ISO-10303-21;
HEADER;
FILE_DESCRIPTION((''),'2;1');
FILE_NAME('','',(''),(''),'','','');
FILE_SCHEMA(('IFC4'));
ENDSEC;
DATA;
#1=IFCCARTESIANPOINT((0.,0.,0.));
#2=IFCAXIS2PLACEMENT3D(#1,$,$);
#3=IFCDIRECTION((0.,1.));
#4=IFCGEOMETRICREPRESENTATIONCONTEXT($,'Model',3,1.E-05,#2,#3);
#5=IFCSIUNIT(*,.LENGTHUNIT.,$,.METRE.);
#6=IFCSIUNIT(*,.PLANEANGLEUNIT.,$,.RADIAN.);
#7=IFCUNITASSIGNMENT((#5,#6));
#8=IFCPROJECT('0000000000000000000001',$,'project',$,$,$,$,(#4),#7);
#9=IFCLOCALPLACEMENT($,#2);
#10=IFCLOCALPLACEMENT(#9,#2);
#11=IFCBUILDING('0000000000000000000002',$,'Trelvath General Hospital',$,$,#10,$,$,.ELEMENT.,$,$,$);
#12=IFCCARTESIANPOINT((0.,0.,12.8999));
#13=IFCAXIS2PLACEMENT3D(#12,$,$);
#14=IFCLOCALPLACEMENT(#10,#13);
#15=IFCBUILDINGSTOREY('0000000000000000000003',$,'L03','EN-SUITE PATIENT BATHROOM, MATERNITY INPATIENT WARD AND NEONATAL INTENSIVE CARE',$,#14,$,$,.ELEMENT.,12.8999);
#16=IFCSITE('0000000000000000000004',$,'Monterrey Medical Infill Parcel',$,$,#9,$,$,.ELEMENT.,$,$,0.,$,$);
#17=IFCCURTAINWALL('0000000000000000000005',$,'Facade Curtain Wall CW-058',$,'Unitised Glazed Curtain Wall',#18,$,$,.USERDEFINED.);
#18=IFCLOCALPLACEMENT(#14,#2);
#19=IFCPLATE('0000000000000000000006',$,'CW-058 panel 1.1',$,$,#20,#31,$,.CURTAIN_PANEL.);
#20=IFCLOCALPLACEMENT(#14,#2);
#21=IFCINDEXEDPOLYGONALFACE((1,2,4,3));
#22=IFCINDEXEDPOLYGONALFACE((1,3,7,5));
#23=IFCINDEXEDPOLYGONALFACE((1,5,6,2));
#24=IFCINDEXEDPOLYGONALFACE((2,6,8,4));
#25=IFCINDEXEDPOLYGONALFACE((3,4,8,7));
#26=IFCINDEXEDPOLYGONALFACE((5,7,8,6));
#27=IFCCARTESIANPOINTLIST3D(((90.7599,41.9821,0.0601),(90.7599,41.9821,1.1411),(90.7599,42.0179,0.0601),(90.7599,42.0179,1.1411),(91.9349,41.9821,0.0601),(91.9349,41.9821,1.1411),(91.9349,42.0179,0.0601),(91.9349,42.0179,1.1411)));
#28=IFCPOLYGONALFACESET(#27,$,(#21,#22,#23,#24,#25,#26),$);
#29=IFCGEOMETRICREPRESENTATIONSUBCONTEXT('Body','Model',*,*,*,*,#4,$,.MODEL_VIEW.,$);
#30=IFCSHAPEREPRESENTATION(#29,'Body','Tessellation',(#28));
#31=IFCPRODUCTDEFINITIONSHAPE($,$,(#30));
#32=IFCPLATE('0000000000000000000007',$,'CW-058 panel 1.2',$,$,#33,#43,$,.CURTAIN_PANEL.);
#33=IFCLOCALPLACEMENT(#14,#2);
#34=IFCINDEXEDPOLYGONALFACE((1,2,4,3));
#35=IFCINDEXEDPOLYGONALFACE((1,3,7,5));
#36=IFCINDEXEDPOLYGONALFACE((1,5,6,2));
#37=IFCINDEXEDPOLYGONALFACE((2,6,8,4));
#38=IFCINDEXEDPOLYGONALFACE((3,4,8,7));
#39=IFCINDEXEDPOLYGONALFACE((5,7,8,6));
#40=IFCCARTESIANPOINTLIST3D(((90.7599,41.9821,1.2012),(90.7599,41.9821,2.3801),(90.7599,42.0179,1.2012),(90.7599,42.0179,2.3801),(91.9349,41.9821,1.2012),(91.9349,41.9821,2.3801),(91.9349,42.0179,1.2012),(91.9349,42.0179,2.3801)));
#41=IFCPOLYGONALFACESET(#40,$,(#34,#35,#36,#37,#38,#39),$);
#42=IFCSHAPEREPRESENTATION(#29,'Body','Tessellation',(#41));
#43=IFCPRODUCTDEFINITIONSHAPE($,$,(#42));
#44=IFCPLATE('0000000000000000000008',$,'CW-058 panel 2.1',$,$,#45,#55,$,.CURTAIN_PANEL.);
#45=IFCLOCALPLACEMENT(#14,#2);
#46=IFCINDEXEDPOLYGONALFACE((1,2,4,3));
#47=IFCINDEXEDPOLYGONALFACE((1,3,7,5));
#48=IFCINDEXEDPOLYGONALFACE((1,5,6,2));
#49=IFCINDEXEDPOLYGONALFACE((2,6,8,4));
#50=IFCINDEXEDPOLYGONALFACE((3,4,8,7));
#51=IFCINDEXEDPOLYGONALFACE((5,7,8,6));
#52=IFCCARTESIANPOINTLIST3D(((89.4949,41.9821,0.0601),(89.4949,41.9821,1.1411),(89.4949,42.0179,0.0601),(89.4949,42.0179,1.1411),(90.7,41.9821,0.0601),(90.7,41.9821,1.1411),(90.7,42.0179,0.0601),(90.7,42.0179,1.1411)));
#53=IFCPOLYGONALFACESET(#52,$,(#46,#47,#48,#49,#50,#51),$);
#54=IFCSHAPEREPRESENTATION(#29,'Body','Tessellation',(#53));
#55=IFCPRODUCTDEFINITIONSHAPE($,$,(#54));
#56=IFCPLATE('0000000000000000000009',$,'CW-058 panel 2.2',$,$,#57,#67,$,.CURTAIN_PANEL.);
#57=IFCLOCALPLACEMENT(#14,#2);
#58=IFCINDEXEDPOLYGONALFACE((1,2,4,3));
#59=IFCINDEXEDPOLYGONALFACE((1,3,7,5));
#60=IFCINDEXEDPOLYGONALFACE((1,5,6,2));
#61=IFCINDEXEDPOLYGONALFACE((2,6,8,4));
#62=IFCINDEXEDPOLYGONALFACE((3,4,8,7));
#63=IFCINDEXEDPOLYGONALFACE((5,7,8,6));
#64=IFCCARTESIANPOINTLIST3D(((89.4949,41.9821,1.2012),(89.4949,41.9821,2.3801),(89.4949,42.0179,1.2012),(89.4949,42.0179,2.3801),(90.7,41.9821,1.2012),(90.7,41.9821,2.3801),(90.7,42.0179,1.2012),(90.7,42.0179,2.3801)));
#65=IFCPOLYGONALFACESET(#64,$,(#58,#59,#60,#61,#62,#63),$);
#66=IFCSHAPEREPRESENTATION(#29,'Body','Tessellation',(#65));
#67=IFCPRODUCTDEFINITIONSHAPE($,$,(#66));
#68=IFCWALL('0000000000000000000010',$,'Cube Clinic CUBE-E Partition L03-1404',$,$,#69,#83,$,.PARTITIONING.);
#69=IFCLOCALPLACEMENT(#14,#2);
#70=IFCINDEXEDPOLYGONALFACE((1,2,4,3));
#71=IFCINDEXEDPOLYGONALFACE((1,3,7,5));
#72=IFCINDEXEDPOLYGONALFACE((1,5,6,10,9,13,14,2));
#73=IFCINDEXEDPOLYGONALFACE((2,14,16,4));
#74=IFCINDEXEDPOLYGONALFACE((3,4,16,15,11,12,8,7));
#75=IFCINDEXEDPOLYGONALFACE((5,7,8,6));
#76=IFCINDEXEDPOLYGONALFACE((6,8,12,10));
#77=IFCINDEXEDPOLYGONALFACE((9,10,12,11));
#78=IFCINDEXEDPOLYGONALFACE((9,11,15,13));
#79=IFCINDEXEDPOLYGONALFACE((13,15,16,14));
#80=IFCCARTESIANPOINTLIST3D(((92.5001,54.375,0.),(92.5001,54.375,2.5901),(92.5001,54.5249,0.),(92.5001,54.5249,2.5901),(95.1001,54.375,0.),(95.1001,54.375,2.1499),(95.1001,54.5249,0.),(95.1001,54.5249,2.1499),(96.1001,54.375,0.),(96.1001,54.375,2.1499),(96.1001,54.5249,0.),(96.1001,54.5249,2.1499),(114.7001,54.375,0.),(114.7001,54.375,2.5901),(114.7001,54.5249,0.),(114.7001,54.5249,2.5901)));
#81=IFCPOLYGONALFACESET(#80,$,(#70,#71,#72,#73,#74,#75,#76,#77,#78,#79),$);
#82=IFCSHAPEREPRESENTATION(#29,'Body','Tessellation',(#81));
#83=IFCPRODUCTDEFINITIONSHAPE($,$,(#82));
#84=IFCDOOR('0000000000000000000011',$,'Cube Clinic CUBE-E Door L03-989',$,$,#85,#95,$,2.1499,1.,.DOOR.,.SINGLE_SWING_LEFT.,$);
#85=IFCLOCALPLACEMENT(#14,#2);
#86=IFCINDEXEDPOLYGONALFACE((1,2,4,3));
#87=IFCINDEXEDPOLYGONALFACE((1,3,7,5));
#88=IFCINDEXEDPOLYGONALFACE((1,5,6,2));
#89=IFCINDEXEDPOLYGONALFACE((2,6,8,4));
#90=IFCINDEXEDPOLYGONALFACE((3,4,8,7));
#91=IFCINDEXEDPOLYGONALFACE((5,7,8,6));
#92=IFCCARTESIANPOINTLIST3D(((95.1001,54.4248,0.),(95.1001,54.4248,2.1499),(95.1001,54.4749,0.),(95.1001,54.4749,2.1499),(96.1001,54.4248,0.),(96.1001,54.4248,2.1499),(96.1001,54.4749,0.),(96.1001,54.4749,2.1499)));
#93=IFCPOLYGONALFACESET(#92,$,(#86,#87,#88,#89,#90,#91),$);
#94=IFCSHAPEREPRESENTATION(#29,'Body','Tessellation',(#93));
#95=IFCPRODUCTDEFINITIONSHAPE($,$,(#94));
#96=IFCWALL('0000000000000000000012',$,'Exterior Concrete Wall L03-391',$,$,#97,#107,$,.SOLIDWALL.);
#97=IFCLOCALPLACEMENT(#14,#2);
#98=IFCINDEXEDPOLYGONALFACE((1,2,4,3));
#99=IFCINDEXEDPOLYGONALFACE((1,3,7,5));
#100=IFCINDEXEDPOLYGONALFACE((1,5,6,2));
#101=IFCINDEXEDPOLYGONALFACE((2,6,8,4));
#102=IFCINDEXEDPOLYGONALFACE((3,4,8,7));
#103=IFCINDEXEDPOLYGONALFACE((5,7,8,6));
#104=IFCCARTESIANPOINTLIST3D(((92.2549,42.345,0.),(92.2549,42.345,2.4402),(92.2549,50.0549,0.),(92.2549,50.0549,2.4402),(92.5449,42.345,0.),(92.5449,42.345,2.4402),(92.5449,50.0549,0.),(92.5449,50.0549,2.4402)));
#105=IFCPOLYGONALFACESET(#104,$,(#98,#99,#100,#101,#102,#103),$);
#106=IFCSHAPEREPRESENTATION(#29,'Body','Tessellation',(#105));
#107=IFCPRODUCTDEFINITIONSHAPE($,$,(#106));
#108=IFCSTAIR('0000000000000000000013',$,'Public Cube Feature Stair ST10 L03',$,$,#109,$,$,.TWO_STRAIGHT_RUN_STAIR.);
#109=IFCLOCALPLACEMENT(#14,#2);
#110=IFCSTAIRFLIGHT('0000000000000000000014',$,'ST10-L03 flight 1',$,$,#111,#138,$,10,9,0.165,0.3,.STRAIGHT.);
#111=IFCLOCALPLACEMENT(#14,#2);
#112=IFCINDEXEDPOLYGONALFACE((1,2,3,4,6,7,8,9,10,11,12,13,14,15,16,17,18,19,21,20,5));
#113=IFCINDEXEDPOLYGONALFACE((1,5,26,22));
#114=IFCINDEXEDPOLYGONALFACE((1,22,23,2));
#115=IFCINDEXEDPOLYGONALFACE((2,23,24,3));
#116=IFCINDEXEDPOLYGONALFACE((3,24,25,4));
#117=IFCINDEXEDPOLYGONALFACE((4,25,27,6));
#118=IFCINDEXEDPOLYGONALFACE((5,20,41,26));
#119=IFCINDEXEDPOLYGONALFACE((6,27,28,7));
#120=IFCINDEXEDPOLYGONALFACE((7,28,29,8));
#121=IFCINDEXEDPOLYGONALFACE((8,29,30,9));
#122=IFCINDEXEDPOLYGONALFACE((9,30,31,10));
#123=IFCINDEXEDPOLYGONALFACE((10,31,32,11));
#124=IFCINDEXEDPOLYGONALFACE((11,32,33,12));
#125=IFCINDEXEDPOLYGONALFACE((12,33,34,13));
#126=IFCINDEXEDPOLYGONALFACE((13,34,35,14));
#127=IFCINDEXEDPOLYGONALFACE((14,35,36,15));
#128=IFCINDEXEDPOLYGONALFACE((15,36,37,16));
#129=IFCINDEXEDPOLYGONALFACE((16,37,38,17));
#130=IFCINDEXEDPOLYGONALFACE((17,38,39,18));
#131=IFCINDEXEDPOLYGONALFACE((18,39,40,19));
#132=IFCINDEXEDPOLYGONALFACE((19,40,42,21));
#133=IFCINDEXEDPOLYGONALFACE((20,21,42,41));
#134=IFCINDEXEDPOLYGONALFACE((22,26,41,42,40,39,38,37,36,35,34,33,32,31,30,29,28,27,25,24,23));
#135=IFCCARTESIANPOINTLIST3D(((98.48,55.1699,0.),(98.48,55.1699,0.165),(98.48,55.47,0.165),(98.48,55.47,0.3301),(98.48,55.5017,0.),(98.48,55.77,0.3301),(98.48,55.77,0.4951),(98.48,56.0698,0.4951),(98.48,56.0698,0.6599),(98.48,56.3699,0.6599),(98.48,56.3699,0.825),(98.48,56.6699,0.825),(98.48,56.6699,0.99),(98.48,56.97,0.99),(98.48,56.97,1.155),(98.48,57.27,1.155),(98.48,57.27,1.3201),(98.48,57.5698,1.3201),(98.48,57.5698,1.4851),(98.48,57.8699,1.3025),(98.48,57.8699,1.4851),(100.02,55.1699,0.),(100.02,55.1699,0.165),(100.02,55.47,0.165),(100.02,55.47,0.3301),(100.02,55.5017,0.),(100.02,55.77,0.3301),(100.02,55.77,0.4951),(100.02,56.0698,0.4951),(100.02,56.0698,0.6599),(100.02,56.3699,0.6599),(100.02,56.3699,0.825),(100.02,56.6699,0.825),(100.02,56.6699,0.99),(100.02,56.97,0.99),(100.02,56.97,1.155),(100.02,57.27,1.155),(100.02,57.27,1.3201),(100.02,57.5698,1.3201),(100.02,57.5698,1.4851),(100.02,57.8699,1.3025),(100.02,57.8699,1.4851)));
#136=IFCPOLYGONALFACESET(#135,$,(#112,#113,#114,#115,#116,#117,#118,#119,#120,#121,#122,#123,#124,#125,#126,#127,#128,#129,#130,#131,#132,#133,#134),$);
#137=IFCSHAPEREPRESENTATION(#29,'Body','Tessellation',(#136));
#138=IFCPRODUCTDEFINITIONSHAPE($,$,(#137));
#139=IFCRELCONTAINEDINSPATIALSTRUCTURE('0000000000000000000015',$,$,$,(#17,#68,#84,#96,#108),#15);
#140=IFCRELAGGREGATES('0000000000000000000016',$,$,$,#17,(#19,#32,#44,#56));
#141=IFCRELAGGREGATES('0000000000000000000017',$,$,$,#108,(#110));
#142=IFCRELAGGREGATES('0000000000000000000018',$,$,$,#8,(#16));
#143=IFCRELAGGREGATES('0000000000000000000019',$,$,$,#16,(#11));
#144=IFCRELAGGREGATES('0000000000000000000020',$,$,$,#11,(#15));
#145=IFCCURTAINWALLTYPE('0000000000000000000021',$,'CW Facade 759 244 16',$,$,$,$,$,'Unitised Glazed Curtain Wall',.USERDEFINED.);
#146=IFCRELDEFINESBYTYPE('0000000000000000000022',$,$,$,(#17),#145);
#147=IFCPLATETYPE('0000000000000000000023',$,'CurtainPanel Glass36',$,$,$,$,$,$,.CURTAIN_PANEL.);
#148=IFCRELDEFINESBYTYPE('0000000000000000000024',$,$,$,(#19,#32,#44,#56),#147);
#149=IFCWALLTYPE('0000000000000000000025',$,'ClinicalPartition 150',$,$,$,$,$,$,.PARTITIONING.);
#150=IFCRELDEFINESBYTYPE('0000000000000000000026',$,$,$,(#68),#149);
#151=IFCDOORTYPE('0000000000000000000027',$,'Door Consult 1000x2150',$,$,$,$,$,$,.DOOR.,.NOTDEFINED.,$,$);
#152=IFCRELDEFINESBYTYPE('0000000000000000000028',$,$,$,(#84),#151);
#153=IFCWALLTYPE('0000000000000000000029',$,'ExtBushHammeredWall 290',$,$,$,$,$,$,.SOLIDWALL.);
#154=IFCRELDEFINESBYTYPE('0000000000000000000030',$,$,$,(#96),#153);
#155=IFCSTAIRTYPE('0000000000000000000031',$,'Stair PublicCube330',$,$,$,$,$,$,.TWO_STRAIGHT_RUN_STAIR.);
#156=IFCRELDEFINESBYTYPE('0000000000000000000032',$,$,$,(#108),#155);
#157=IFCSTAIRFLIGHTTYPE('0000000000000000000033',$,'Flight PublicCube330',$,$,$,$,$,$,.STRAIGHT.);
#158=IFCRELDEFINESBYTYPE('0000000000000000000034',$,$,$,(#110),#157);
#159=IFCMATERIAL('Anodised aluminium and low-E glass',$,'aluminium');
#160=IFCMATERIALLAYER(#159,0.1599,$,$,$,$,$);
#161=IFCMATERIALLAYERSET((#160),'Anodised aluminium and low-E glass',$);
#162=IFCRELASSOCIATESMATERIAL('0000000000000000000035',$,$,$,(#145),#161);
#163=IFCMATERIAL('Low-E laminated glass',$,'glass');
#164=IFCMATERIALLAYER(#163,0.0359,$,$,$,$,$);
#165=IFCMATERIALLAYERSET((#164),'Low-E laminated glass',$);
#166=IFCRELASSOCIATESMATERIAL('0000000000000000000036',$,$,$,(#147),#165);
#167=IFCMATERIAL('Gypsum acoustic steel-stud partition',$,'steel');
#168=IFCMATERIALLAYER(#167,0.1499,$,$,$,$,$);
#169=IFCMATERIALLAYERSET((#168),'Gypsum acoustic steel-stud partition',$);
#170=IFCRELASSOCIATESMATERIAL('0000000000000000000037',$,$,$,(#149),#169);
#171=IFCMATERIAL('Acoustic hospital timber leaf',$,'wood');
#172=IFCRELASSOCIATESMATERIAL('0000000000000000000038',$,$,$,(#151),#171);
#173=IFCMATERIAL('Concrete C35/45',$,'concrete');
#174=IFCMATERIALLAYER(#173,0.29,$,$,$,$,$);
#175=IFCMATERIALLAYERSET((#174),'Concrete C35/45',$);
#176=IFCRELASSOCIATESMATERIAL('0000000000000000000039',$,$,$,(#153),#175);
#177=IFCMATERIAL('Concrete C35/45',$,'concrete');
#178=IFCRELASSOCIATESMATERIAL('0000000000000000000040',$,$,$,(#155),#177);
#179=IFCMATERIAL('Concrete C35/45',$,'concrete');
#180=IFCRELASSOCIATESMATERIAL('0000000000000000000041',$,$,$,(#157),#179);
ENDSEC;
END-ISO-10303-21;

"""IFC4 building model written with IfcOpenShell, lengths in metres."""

from ifc_helpers import new_model, si_unit, direction, frame, frame_2d, origin, origin_2d, place, context, subcontext, project, spatial, polyline, rectangle, outline, extrude, material, layer, layer_set, type_object, element, fill, aggregate, save


model = new_model("IFC4")

# Units and contexts
model_context = context("Model", 3, precision=1e-05, world=origin(), true_north=direction((0.0, 1.0)))
body_context = subcontext(model_context, "Body", "Model", "MODEL_VIEW")
ifc_project = project(units=[si_unit("LENGTHUNIT", "METRE"), si_unit("PLANEANGLEUNIT", "RADIAN")], contexts=[model_context])

# Site, building, storey
site_placement = place(None, origin())
site = spatial("IfcSite", under=ifc_project, at=site_placement, Name="Monterrey Medical Infill Parcel", CompositionType="ELEMENT", RefElevation=0.0)
building_placement = place(site_placement, origin())
building = spatial("IfcBuilding", under=site, at=building_placement, Name="Trelvath General Hospital", CompositionType="ELEMENT")
storey_placement = place(building_placement, frame((0.0, 0.0, 12.8999)))
storey = spatial("IfcBuildingStorey", under=building, at=storey_placement, Name="L03", Description="EN-SUITE PATIENT BATHROOM, MATERNITY INPATIENT WARD AND NEONATAL INTENSIVE CARE", CompositionType="ELEMENT", Elevation=12.8999)

# Curtain wall, plates
ifc_material_1 = material(Name="Anodised aluminium and low-E glass", Category="aluminium")
ifc_layer_1 = layer(ifc_material_1, 0.1599)
ifc_layer_set_1 = layer_set([ifc_layer_1], Name="Anodised aluminium and low-E glass")
curtain_wall_type = type_object("IfcCurtainWallType", Name="CW Facade 759 244 16", ElementType="Unitised Glazed Curtain Wall", PredefinedType="USERDEFINED", material=ifc_layer_set_1)
curtain_wall_placement = place(storey_placement, origin())
curtain_wall = element("IfcCurtainWall", 1, at=curtain_wall_placement, inside=storey, type_object=curtain_wall_type, Name="Facade Curtain Wall CW-058", ObjectType="Unitised Glazed Curtain Wall", PredefinedType="USERDEFINED")
ifc_material_2 = material(Name="Low-E laminated glass", Category="glass")
ifc_layer_2 = layer(ifc_material_2, 0.0359)
ifc_layer_set_2 = layer_set([ifc_layer_2], Name="Low-E laminated glass")
plate_type = type_object("IfcPlateType", Name="CurtainPanel Glass36", PredefinedType="CURTAIN_PANEL", material=ifc_layer_set_2)
plate_1_placement = place(storey_placement, frame((91.3474, 42.0, 0.0601), z_axis=(0.0, 0.0, 1.0), x_axis=(-1.0, 0.0, 0.0)))
plate_1 = element("IfcPlate", 2, at=plate_1_placement, type_object=plate_type, Name="CW-058 panel 1.1", PredefinedType="CURTAIN_PANEL", context=body_context, shape_type="SweptSolid", body=[
    extrude(rectangle(XDim=1.175, YDim=0.0359, at=origin_2d()), origin(), (0.0, 0.0, 1.0), 1.0811),
])
plate_2_placement = place(storey_placement, frame((91.3474, 42.0, 1.2012), z_axis=(0.0, 0.0, 1.0), x_axis=(-1.0, 0.0, 0.0)))
plate_2 = element("IfcPlate", 3, at=plate_2_placement, type_object=plate_type, Name="CW-058 panel 1.2", PredefinedType="CURTAIN_PANEL", context=body_context, shape_type="SweptSolid", body=[
    extrude(rectangle(XDim=1.175, YDim=0.0359, at=origin_2d()), origin(), (0.0, 0.0, 1.0), 1.179),
])
plate_3_placement = place(storey_placement, frame((90.0974, 42.0, 0.0601), z_axis=(0.0, 0.0, 1.0), x_axis=(-1.0, 0.0, 0.0)))
plate_3 = element("IfcPlate", 4, at=plate_3_placement, type_object=plate_type, Name="CW-058 panel 2.1", PredefinedType="CURTAIN_PANEL", context=body_context, shape_type="SweptSolid", body=[
    extrude(rectangle(XDim=1.2051, YDim=0.0359, at=origin_2d()), origin(), (0.0, 0.0, 1.0), 1.0811),
])
plate_4_placement = place(storey_placement, frame((90.0974, 42.0, 1.2012), z_axis=(0.0, 0.0, 1.0), x_axis=(-1.0, 0.0, 0.0)))
plate_4 = element("IfcPlate", 5, at=plate_4_placement, type_object=plate_type, Name="CW-058 panel 2.2", PredefinedType="CURTAIN_PANEL", context=body_context, shape_type="SweptSolid", body=[
    extrude(rectangle(XDim=1.2051, YDim=0.0359, at=origin_2d()), origin(), (0.0, 0.0, 1.0), 1.179),
])
aggregate(curtain_wall, [plate_1, plate_2, plate_3, plate_4])

# Wall, opening, door
ifc_material_3 = material(Name="Gypsum acoustic steel-stud partition", Category="steel")
ifc_layer_3 = layer(ifc_material_3, 0.1499)
ifc_layer_set_3 = layer_set([ifc_layer_3], Name="Gypsum acoustic steel-stud partition")
wall_type_1 = type_object("IfcWallType", Name="ClinicalPartition 150", PredefinedType="PARTITIONING", material=ifc_layer_set_3)
wall_1_placement = place(storey_placement, frame((92.5, 54.45, 0.0), z_axis=(0.0, 0.0, 1.0), x_axis=(1.0, 0.0, 0.0)))
wall_1 = element("IfcWall", 6, at=wall_1_placement, inside=storey, type_object=wall_type_1, Name="Cube Clinic CUBE-E Partition L03-1404", PredefinedType="PARTITIONING", context=body_context, shape_type="SweptSolid", body=[
    extrude(rectangle(XDim=22.2, YDim=0.1499, at=frame_2d((11.1001, 0.0))), origin(), (0.0, 0.0, 1.0), 2.5901),
])
opening_placement = place(wall_1_placement, frame((2.6001, 0.0, 0.0)))
opening = element("IfcOpeningElement", 7, at=opening_placement, cuts=wall_1, PredefinedType="OPENING", context=body_context, shape_type="SweptSolid", body=[
    extrude(rectangle(XDim=1.0, YDim=2.1499, at=frame_2d((0.5, 1.075))), frame((0.0, 0.085, 0.0), z_axis=(0.0, -1.0, 0.0), x_axis=(1.0, 0.0, 0.0)), (0.0, 0.0, 1.0), 0.1699),
])
ifc_material_4 = material(Name="Acoustic hospital timber leaf", Category="wood")
door_type = type_object("IfcDoorType", Name="Door Consult 1000x2150", OperationType="NOTDEFINED", PredefinedType="DOOR", material=ifc_material_4)
door_placement = place(opening_placement, origin())
door = element("IfcDoor", 8, at=door_placement, inside=storey, type_object=door_type, Name="Cube Clinic CUBE-E Door L03-989", OperationType="SINGLE_SWING_LEFT", OverallHeight=2.1499, OverallWidth=1.0, PredefinedType="DOOR", context=body_context, shape_type="SweptSolid", body=[
    extrude(rectangle(XDim=1.0, YDim=2.1499, at=frame_2d((0.5, 1.075))), frame((0.0, 0.0249, 0.0), z_axis=(0.0, -1.0, 0.0), x_axis=(1.0, 0.0, 0.0)), (0.0, 0.0, 1.0), 0.05),
])
fill(opening, door)

# Wall
ifc_material_5 = material(Name="Concrete C35/45", Category="concrete")
ifc_layer_4 = layer(ifc_material_5, 0.29)
ifc_layer_set_4 = layer_set([ifc_layer_4], Name="Concrete C35/45")
wall_type_2 = type_object("IfcWallType", Name="ExtBushHammeredWall 290", PredefinedType="SOLIDWALL", material=ifc_layer_set_4)
wall_2_placement = place(storey_placement, frame((92.3999, 50.0549, 0.0), z_axis=(0.0, 0.0, 1.0), x_axis=(0.0, -1.0, 0.0)))
element("IfcWall", 9, at=wall_2_placement, inside=storey, type_object=wall_type_2, Name="Exterior Concrete Wall L03-391", PredefinedType="SOLIDWALL", context=body_context, shape_type="SweptSolid", body=[
    extrude(rectangle(XDim=7.71, YDim=0.29, at=frame_2d((3.855, 0.0))), origin(), (0.0, 0.0, 1.0), 2.4402),
])

# Stair, stair flight
ifc_material_6 = material(Name="Concrete C35/45", Category="concrete")
stair_type = type_object("IfcStairType", Name="Stair PublicCube330", PredefinedType="TWO_STRAIGHT_RUN_STAIR", material=ifc_material_6)
stair_placement = place(storey_placement, origin())
stair = element("IfcStair", 10, at=stair_placement, inside=storey, type_object=stair_type, Name="Public Cube Feature Stair ST10 L03", PredefinedType="TWO_STRAIGHT_RUN_STAIR")
ifc_material_7 = material(Name="Concrete C35/45", Category="concrete")
stair_flight_type = type_object("IfcStairFlightType", Name="Flight PublicCube330", PredefinedType="STRAIGHT", material=ifc_material_7)
stair_flight_placement = place(storey_placement, frame((99.25, 55.1699, 0.0), z_axis=(0.0, 0.0, 1.0), x_axis=(0.0, 1.0, 0.0)))
stair_flight = element("IfcStairFlight", 11, at=stair_flight_placement, type_object=stair_flight_type, Name="ST10-L03 flight 1", NumberOfRisers=10, NumberOfTreads=9, PredefinedType="STRAIGHT", RiserHeight=0.165, TreadLength=0.3, context=body_context, shape_type="SweptSolid", body=[
    extrude(outline(polyline([(0.0, 0.0), (0.0, 0.165), (0.3, 0.165), (0.3, 0.3301), (0.6001, 0.3301), (0.6001, 0.4951), (0.8999, 0.4951), (0.8999, 0.6599), (1.2, 0.6599), (1.2, 0.825), (1.5, 0.825), (1.5, 0.99), (1.8, 0.99), (1.8, 1.155), (2.1001, 1.155), (2.1001, 1.3201), (2.3999, 1.3201), (2.3999, 1.4851), (2.7, 1.4851), (2.7, 1.6499), (2.7, 1.3025), (0.3318, 0.0), (0.0, 0.0)])), frame((0.0, 0.77, 0.0), z_axis=(0.0, -1.0, 0.0), x_axis=(1.0, 0.0, 0.0)), (0.0, 0.0, 1.0), 1.54),
])
aggregate(stair, [stair_flight])

save(model, "model.ifc")
